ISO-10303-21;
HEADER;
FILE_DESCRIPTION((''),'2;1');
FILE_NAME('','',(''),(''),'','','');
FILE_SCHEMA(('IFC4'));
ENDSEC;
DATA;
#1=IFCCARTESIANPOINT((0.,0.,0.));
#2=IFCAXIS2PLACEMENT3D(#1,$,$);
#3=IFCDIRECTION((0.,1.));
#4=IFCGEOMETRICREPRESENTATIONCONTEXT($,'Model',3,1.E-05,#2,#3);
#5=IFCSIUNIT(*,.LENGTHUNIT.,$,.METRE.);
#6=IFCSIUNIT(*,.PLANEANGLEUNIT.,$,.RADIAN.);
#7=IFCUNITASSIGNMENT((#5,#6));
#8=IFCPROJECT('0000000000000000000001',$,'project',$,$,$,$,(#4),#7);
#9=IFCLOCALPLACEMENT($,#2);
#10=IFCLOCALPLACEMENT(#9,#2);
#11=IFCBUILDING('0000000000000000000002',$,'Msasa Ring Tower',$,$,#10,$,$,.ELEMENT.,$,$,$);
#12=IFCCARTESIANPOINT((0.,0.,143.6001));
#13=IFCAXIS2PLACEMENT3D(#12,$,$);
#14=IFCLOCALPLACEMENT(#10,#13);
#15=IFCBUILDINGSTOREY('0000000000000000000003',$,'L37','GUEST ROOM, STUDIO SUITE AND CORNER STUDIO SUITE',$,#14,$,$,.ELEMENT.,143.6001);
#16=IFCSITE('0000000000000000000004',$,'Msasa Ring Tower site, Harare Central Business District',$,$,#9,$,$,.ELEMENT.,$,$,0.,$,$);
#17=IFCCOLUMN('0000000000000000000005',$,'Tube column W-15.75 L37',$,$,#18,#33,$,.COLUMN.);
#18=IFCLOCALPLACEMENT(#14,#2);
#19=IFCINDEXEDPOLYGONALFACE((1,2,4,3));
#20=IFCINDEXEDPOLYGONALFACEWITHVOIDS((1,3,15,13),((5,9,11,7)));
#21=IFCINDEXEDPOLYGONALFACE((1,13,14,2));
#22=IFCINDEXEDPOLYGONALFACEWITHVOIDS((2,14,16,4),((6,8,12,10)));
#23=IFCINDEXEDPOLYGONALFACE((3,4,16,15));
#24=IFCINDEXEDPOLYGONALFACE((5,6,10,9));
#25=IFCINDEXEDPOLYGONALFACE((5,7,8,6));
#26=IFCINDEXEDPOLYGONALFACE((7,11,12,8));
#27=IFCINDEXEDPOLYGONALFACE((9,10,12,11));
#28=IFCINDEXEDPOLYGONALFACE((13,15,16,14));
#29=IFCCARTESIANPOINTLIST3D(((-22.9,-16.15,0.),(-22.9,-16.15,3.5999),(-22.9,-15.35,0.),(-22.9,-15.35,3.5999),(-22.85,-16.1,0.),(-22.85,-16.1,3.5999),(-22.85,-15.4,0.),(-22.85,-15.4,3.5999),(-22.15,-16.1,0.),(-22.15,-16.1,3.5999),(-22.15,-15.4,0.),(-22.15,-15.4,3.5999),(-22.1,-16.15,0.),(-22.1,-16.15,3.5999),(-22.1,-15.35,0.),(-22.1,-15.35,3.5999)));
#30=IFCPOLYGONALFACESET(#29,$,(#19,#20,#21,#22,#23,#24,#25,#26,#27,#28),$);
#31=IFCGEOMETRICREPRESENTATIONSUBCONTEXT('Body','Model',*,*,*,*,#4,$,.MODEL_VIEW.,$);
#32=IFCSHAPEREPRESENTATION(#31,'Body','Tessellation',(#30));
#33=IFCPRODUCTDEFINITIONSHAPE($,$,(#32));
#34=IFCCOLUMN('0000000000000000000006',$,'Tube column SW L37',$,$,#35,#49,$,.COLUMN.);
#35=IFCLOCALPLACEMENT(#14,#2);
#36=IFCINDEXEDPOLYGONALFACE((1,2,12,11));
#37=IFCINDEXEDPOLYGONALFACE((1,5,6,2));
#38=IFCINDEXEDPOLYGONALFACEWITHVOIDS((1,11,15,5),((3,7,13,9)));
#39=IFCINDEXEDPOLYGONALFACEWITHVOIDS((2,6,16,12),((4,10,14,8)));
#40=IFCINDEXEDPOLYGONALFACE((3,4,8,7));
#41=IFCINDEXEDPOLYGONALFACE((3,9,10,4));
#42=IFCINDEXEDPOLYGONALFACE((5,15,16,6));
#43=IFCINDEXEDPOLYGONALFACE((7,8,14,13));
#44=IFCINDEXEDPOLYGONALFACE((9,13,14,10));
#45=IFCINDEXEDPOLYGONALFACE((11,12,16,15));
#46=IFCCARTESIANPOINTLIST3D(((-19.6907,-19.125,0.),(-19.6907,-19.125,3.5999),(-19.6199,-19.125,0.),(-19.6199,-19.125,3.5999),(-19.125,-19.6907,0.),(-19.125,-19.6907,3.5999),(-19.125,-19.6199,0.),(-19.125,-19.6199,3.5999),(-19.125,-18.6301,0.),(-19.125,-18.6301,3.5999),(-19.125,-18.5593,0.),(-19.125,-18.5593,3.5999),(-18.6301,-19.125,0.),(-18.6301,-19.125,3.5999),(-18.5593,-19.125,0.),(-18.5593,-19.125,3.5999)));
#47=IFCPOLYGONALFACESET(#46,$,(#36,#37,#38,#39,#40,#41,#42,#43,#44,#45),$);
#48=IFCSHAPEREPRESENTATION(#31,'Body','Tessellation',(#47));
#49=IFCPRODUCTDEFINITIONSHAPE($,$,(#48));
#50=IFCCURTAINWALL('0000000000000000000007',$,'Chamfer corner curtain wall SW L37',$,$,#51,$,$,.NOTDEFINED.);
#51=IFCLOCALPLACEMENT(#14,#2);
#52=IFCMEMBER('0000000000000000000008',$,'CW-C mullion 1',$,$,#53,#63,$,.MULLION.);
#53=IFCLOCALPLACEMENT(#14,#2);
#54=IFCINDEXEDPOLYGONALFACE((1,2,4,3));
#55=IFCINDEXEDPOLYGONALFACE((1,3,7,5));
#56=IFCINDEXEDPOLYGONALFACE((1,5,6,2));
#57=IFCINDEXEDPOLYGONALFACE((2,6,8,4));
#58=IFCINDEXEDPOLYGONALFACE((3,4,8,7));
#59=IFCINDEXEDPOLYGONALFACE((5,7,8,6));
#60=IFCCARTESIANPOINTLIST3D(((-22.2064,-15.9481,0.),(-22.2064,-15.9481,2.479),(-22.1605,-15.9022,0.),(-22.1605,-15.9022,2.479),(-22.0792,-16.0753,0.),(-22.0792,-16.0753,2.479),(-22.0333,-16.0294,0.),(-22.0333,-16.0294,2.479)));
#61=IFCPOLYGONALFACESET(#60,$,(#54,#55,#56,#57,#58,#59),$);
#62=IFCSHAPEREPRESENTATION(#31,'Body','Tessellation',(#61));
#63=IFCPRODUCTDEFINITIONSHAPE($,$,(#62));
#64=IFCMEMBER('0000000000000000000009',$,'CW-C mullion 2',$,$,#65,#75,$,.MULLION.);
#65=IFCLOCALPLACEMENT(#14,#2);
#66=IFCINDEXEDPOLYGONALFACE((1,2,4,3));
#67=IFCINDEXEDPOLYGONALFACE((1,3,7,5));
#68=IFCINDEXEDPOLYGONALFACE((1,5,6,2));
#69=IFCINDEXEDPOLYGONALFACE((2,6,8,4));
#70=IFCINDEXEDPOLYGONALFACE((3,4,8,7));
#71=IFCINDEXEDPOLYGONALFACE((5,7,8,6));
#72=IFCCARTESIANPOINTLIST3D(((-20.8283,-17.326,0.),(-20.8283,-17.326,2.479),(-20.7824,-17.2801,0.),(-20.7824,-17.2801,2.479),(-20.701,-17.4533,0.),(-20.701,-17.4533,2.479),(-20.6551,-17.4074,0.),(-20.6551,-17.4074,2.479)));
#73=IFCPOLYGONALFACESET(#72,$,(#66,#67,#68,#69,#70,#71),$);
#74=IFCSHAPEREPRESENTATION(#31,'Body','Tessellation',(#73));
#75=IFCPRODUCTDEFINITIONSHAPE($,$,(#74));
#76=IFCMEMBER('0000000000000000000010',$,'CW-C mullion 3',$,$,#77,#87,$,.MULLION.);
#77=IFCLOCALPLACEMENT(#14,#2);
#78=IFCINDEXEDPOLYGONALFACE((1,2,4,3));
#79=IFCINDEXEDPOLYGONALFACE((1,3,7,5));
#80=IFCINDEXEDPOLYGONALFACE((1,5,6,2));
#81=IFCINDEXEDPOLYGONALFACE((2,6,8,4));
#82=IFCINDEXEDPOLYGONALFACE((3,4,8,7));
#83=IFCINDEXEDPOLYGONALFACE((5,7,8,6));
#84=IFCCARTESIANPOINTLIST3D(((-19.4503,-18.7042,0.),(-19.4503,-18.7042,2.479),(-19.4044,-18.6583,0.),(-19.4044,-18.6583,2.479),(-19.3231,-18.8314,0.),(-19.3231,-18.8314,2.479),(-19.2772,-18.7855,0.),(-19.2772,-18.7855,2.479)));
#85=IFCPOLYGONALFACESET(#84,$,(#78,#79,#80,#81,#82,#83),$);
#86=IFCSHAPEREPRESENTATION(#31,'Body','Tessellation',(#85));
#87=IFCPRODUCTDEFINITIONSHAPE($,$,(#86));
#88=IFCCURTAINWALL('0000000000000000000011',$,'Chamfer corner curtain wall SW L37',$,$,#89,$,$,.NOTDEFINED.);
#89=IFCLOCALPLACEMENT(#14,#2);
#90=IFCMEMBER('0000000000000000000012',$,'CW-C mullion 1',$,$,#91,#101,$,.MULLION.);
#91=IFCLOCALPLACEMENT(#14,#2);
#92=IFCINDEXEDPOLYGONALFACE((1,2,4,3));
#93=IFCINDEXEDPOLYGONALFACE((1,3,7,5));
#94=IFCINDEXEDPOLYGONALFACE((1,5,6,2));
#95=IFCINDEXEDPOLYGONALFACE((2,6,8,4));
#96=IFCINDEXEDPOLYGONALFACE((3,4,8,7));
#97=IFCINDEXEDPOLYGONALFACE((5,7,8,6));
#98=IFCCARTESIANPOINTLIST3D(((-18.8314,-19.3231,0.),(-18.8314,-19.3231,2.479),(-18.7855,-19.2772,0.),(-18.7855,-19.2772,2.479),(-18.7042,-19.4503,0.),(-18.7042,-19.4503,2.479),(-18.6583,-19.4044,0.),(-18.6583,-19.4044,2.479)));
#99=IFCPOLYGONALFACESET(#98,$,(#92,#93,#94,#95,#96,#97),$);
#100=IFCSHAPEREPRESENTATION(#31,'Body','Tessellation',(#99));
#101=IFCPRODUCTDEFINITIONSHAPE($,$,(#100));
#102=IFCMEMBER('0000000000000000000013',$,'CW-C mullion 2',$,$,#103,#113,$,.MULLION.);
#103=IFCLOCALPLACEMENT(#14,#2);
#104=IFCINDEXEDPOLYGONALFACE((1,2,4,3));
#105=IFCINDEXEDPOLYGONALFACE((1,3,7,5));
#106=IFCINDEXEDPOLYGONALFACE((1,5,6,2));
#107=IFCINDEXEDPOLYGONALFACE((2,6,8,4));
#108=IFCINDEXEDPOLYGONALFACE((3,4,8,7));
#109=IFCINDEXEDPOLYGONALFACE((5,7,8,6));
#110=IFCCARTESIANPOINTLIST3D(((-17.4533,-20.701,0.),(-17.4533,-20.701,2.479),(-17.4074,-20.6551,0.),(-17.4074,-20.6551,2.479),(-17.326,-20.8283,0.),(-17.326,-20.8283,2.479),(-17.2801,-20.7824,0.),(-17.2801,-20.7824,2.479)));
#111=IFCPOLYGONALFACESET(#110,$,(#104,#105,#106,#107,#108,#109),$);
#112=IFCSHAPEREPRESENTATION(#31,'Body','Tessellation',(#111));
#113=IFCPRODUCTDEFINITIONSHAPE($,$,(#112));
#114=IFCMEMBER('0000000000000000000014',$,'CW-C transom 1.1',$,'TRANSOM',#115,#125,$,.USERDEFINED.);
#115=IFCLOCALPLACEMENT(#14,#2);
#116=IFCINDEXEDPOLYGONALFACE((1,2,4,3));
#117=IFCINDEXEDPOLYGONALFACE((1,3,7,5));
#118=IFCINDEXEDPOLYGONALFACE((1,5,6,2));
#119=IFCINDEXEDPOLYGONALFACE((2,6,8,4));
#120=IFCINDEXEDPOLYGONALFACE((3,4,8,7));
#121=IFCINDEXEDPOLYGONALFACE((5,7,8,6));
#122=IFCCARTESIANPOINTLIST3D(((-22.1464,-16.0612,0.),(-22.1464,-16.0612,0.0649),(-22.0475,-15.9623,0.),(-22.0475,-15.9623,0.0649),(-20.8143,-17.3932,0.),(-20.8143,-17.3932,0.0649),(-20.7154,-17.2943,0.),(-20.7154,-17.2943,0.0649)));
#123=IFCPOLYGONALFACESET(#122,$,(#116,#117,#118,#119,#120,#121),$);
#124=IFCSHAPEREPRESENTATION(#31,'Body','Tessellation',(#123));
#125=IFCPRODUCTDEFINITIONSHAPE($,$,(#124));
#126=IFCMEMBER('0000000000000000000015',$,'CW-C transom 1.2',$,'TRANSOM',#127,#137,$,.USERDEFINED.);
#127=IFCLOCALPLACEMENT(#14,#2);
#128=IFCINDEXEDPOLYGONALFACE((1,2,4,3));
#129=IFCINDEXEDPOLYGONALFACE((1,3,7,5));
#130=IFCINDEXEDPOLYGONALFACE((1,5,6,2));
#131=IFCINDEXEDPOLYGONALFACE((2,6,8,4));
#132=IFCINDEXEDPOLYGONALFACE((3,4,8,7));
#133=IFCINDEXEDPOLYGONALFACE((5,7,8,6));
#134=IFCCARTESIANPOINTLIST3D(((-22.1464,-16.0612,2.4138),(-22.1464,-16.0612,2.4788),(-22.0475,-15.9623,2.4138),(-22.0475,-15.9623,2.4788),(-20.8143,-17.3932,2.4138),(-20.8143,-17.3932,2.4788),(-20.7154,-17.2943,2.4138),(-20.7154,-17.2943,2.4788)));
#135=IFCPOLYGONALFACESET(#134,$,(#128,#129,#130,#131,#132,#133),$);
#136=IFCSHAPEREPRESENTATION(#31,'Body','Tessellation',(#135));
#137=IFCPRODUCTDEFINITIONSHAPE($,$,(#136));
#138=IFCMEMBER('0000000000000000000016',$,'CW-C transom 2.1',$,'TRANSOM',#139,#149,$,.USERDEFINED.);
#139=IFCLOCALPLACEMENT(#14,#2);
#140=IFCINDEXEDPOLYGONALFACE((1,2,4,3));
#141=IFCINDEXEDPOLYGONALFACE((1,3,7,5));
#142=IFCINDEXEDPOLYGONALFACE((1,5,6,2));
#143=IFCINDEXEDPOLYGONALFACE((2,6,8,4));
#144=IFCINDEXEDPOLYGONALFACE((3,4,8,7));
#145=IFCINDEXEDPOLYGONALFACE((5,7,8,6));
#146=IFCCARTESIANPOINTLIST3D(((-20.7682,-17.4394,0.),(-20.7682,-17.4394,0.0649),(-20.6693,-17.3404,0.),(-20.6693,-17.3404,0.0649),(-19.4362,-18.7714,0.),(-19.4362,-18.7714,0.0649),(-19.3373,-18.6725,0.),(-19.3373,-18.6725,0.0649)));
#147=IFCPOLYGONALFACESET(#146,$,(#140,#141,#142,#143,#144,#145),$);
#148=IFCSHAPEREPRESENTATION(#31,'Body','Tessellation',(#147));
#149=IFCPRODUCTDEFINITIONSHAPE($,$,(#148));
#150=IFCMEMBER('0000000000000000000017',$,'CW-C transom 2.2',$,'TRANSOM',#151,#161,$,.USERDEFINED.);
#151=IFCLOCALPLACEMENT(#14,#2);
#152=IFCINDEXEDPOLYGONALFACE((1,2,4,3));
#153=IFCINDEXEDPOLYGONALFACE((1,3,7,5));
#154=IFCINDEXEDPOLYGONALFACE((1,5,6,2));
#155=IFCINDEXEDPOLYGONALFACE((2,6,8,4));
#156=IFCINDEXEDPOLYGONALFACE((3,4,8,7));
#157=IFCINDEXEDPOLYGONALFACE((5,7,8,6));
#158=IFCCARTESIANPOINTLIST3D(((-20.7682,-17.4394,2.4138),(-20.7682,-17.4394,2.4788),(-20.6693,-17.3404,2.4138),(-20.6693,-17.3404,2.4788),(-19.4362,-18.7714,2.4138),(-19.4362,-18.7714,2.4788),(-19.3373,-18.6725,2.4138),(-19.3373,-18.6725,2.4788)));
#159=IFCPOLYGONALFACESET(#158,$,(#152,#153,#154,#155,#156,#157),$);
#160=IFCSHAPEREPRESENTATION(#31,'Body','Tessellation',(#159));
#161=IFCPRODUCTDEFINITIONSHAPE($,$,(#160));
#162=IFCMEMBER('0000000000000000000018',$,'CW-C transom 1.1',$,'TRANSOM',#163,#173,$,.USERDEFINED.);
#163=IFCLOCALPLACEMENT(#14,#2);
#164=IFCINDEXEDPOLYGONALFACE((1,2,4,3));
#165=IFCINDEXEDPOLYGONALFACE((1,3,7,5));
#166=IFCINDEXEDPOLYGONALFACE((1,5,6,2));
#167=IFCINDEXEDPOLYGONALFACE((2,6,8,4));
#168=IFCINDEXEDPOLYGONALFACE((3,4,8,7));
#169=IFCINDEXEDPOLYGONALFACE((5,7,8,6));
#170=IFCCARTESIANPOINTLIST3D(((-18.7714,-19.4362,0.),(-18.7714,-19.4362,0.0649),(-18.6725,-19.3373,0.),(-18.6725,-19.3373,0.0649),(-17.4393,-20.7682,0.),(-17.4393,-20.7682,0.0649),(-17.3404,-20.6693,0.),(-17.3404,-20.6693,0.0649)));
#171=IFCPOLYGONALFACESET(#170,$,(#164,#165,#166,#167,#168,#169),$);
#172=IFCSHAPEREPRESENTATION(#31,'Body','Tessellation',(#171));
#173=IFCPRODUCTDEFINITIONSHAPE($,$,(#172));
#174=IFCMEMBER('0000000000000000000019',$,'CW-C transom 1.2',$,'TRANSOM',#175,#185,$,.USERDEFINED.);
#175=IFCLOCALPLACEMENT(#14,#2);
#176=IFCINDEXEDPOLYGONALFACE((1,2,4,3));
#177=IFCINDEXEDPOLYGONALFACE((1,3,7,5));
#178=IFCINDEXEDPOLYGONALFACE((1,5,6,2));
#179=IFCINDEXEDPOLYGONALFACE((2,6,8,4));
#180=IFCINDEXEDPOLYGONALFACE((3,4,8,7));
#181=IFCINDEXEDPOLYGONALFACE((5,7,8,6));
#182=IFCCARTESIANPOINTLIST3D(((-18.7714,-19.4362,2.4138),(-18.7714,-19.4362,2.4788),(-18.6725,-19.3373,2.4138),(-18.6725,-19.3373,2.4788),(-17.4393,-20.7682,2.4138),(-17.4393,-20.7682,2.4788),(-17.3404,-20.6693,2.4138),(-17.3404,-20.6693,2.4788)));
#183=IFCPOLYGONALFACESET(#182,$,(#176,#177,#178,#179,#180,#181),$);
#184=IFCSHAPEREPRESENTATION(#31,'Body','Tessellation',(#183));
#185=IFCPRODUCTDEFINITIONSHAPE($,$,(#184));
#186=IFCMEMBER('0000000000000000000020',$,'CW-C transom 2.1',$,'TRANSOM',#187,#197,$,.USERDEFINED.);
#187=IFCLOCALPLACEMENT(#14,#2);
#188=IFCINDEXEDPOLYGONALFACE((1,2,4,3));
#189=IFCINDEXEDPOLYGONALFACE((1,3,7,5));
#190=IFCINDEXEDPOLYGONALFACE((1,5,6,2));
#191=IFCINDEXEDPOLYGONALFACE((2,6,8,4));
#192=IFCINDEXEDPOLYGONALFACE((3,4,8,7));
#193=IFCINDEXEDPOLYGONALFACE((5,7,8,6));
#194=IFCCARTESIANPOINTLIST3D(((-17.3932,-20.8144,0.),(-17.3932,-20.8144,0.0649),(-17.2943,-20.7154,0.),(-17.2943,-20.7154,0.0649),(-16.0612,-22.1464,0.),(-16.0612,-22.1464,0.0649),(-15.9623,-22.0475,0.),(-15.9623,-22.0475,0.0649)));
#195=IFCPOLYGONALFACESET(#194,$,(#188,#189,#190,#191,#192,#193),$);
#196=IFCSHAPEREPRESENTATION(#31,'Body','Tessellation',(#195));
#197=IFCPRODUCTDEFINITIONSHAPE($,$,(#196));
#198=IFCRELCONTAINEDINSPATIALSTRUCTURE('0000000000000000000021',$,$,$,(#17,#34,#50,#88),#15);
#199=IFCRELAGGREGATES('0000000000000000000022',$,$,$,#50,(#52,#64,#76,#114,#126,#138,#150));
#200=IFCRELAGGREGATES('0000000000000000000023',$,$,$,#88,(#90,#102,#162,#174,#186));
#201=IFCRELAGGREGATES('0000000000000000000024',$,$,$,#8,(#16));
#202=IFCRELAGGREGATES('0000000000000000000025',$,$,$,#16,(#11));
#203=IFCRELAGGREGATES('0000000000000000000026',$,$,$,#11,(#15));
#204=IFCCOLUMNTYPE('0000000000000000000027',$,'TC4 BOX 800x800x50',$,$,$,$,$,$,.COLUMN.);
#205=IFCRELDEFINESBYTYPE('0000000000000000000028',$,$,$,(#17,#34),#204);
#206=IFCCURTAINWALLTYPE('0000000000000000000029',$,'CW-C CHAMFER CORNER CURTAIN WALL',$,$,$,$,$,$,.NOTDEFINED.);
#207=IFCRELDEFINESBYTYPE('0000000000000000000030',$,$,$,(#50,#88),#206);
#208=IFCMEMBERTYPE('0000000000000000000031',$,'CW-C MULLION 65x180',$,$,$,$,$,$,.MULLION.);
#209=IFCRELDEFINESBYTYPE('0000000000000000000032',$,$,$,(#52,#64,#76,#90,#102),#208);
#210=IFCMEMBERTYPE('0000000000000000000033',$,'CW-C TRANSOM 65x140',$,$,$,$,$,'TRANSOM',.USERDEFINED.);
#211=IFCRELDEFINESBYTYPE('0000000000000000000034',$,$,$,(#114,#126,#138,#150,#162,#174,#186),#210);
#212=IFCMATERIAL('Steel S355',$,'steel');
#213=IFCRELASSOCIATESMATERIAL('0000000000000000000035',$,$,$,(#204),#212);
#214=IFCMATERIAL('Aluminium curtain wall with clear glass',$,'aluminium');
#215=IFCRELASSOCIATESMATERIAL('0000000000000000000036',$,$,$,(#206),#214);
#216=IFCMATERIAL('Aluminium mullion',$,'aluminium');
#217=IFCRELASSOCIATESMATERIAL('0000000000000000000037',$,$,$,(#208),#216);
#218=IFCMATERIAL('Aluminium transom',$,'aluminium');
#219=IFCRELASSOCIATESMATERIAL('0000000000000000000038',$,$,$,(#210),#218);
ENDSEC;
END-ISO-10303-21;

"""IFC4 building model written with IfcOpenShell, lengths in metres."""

from ifc_helpers import new_model, si_unit, direction, frame, origin, origin_2d, place, context, subcontext, project, spatial, rectangle, hollow_rectangle, extrude, material, material_profile, profile_set, type_object, element, aggregate, save


model = new_model("IFC4")

# Units and contexts
model_context = context("Model", 3, precision=1e-05, world=origin(), true_north=direction((0.0, 1.0)))
body_context = subcontext(model_context, "Body", "Model", "MODEL_VIEW")
ifc_project = project(units=[si_unit("LENGTHUNIT", "METRE"), si_unit("PLANEANGLEUNIT", "RADIAN")], contexts=[model_context])

# Site, building, storey
site_placement = place(None, origin())
site = spatial("IfcSite", under=ifc_project, at=site_placement, Name="Msasa Ring Tower site, Harare Central Business District", CompositionType="ELEMENT", RefElevation=0.0)
building_placement = place(site_placement, origin())
building = spatial("IfcBuilding", under=site, at=building_placement, Name="Msasa Ring Tower", CompositionType="ELEMENT")
storey_placement = place(building_placement, frame((0.0, 0.0, 143.6001)))
storey = spatial("IfcBuildingStorey", under=building, at=storey_placement, Name="L37", Description="GUEST ROOM, STUDIO SUITE AND CORNER STUDIO SUITE", CompositionType="ELEMENT", Elevation=143.6001)

# Columns
ifc_material_1 = material(Name="Steel S355", Category="steel")
ifc_material_profile_1 = material_profile(ifc_material_1, hollow_rectangle(XDim=0.8, YDim=0.8, WallThickness=0.05, at=origin_2d()), Name="BOX 800x800x50")
ifc_profile_set_1 = profile_set([ifc_material_profile_1], Name="Steel S355")
column_type = type_object("IfcColumnType", Name="TC4 BOX 800x800x50", PredefinedType="COLUMN", material=ifc_profile_set_1)
for number, where, z_axis, x_axis, name in (
    (1, (-22.5, -15.75, 0.0), (0.0, 0.0, 1.0), (1.0, 0.0, 0.0), "Tube column W-15.75 L37"),
    (2, (-19.125, -19.125, 0.0), (0.0, 0.0, 1.0), (0.707107, 0.707107, 0.0), "Tube column SW L37"),
):
    element("IfcColumn", number, at=place(storey_placement, frame(where, z_axis=z_axis, x_axis=x_axis)), inside=storey, type_object=column_type, Name=name, PredefinedType="COLUMN", context=body_context, shape_type="SweptSolid", body=[
        extrude(hollow_rectangle(XDim=0.8, YDim=0.8, WallThickness=0.05, at=origin_2d()), origin(), (0.0, 0.0, 1.0), 3.5999),
    ])

# Curtain walls, members
ifc_material_2 = material(Name="Aluminium curtain wall with clear glass", Category="aluminium")
curtain_wall_type = type_object("IfcCurtainWallType", Name="CW-C CHAMFER CORNER CURTAIN WALL", PredefinedType="NOTDEFINED", material=ifc_material_2)
curtain_wall_1_placement = place(storey_placement, origin())
curtain_wall_1 = element("IfcCurtainWall", 3, at=curtain_wall_1_placement, inside=storey, type_object=curtain_wall_type, Name="Chamfer corner curtain wall SW L37", PredefinedType="NOTDEFINED")
ifc_material_3 = material(Name="Aluminium mullion", Category="aluminium")
ifc_material_profile_2 = material_profile(ifc_material_3, rectangle(XDim=0.0649, YDim=0.1799, at=origin_2d()), Name="AL 65x180")
ifc_profile_set_2 = profile_set([ifc_material_profile_2], Name="Aluminium mullion")
member_type_1 = type_object("IfcMemberType", Name="CW-C MULLION 65x180", PredefinedType="MULLION", material=ifc_profile_set_2)
member_1_placement = place(storey_placement, frame((-22.1199, -15.9888, 0.0), z_axis=(0.0, 0.0, 1.0), x_axis=(0.707107, 0.707107, 0.0)))
member_1 = element("IfcMember", 4, at=member_1_placement, type_object=member_type_1, Name="CW-C mullion 1", PredefinedType="MULLION", context=body_context, shape_type="SweptSolid", body=[
    extrude(rectangle(XDim=0.0649, YDim=0.1799, at=origin_2d()), origin(), (0.0, 0.0, 1.0), 2.479),
])
member_2_placement = place(storey_placement, frame((-20.7417, -17.3667, 0.0), z_axis=(0.0, 0.0, 1.0), x_axis=(0.707107, 0.707107, 0.0)))
member_2 = element("IfcMember", 5, at=member_2_placement, type_object=member_type_1, Name="CW-C mullion 2", PredefinedType="MULLION", context=body_context, shape_type="SweptSolid", body=[
    extrude(rectangle(XDim=0.0649, YDim=0.1799, at=origin_2d()), origin(), (0.0, 0.0, 1.0), 2.479),
])
member_3_placement = place(storey_placement, frame((-19.3638, -18.7449, 0.0), z_axis=(0.0, 0.0, 1.0), x_axis=(0.707107, 0.707107, 0.0)))
member_3 = element("IfcMember", 6, at=member_3_placement, type_object=member_type_1, Name="CW-C mullion 3", PredefinedType="MULLION", context=body_context, shape_type="SweptSolid", body=[
    extrude(rectangle(XDim=0.0649, YDim=0.1799, at=origin_2d()), origin(), (0.0, 0.0, 1.0), 2.479),
])
curtain_wall_2_placement = place(storey_placement, origin())
curtain_wall_2 = element("IfcCurtainWall", 7, at=curtain_wall_2_placement, inside=storey, type_object=curtain_wall_type, Name="Chamfer corner curtain wall SW L37", PredefinedType="NOTDEFINED")
member_4_placement = place(storey_placement, frame((-18.7449, -19.3638, 0.0), z_axis=(0.0, 0.0, 1.0), x_axis=(0.707107, 0.707107, 0.0)))
member_4 = element("IfcMember", 8, at=member_4_placement, type_object=member_type_1, Name="CW-C mullion 1", PredefinedType="MULLION", context=body_context, shape_type="SweptSolid", body=[
    extrude(rectangle(XDim=0.0649, YDim=0.1799, at=origin_2d()), origin(), (0.0, 0.0, 1.0), 2.479),
])
member_5_placement = place(storey_placement, frame((-17.3667, -20.7417, 0.0), z_axis=(0.0, 0.0, 1.0), x_axis=(0.707107, 0.707107, 0.0)))
member_5 = element("IfcMember", 9, at=member_5_placement, type_object=member_type_1, Name="CW-C mullion 2", PredefinedType="MULLION", context=body_context, shape_type="SweptSolid", body=[
    extrude(rectangle(XDim=0.0649, YDim=0.1799, at=origin_2d()), origin(), (0.0, 0.0, 1.0), 2.479),
])

# Members
ifc_material_4 = material(Name="Aluminium transom", Category="aluminium")
ifc_material_profile_3 = material_profile(ifc_material_4, rectangle(XDim=0.1399, YDim=0.0649, at=origin_2d()), Name="AL 65x140")
ifc_profile_set_3 = profile_set([ifc_material_profile_3], Name="Aluminium transom")
member_type_2 = type_object("IfcMemberType", Name="CW-C TRANSOM 65x140", ElementType="TRANSOM", PredefinedType="USERDEFINED", material=ifc_profile_set_3)
member_6_placement = place(storey_placement, frame((-22.0969, -16.0117, 0.0325), z_axis=(0.707107, -0.707107, 0.0), x_axis=(0.707107, 0.707107, 0.0)))
member_6 = element("IfcMember", 10, at=member_6_placement, type_object=member_type_2, Name="CW-C transom 1.1", ObjectType="TRANSOM", PredefinedType="USERDEFINED", context=body_context, shape_type="SweptSolid", body=[
    extrude(rectangle(XDim=0.1399, YDim=0.0649, at=origin_2d()), origin(), (0.0, 0.0, 1.0), 1.8838),
])
member_7_placement = place(storey_placement, frame((-22.0969, -16.0117, 2.4463), z_axis=(0.707107, -0.707107, 0.0), x_axis=(0.707107, 0.707107, 0.0)))
member_7 = element("IfcMember", 11, at=member_7_placement, type_object=member_type_2, Name="CW-C transom 1.2", ObjectType="TRANSOM", PredefinedType="USERDEFINED", context=body_context, shape_type="SweptSolid", body=[
    extrude(rectangle(XDim=0.1399, YDim=0.0649, at=origin_2d()), origin(), (0.0, 0.0, 1.0), 1.8838),
])
member_8_placement = place(storey_placement, frame((-20.7188, -17.3899, 0.0325), z_axis=(0.707107, -0.707107, 0.0), x_axis=(0.707107, 0.707107, 0.0)))
member_8 = element("IfcMember", 12, at=member_8_placement, type_object=member_type_2, Name="CW-C transom 2.1", ObjectType="TRANSOM", PredefinedType="USERDEFINED", context=body_context, shape_type="SweptSolid", body=[
    extrude(rectangle(XDim=0.1399, YDim=0.0649, at=origin_2d()), origin(), (0.0, 0.0, 1.0), 1.8838),
])
member_9_placement = place(storey_placement, frame((-20.7188, -17.3899, 2.4463), z_axis=(0.707107, -0.707107, 0.0), x_axis=(0.707107, 0.707107, 0.0)))
member_9 = element("IfcMember", 13, at=member_9_placement, type_object=member_type_2, Name="CW-C transom 2.2", ObjectType="TRANSOM", PredefinedType="USERDEFINED", context=body_context, shape_type="SweptSolid", body=[
    extrude(rectangle(XDim=0.1399, YDim=0.0649, at=origin_2d()), origin(), (0.0, 0.0, 1.0), 1.8838),
])
member_10_placement = place(storey_placement, frame((-18.7219, -19.3867, 0.0325), z_axis=(0.707107, -0.707107, 0.0), x_axis=(0.707107, 0.707107, 0.0)))
member_10 = element("IfcMember", 14, at=member_10_placement, type_object=member_type_2, Name="CW-C transom 1.1", ObjectType="TRANSOM", PredefinedType="USERDEFINED", context=body_context, shape_type="SweptSolid", body=[
    extrude(rectangle(XDim=0.1399, YDim=0.0649, at=origin_2d()), origin(), (0.0, 0.0, 1.0), 1.8838),
])
member_11_placement = place(storey_placement, frame((-18.7219, -19.3867, 2.4463), z_axis=(0.707107, -0.707107, 0.0), x_axis=(0.707107, 0.707107, 0.0)))
member_11 = element("IfcMember", 15, at=member_11_placement, type_object=member_type_2, Name="CW-C transom 1.2", ObjectType="TRANSOM", PredefinedType="USERDEFINED", context=body_context, shape_type="SweptSolid", body=[
    extrude(rectangle(XDim=0.1399, YDim=0.0649, at=origin_2d()), origin(), (0.0, 0.0, 1.0), 1.8838),
])
member_12_placement = place(storey_placement, frame((-17.3438, -20.7649, 0.0325), z_axis=(0.707107, -0.707107, 0.0), x_axis=(0.707107, 0.707107, 0.0)))
member_12 = element("IfcMember", 16, at=member_12_placement, type_object=member_type_2, Name="CW-C transom 2.1", ObjectType="TRANSOM", PredefinedType="USERDEFINED", context=body_context, shape_type="SweptSolid", body=[
    extrude(rectangle(XDim=0.1399, YDim=0.0649, at=origin_2d()), origin(), (0.0, 0.0, 1.0), 1.8838),
])

aggregate(curtain_wall_1, [member_1, member_2, member_3, member_6, member_7, member_8, member_9])
aggregate(curtain_wall_2, [member_4, member_5, member_10, member_11, member_12])

save(model, "model.ifc")
